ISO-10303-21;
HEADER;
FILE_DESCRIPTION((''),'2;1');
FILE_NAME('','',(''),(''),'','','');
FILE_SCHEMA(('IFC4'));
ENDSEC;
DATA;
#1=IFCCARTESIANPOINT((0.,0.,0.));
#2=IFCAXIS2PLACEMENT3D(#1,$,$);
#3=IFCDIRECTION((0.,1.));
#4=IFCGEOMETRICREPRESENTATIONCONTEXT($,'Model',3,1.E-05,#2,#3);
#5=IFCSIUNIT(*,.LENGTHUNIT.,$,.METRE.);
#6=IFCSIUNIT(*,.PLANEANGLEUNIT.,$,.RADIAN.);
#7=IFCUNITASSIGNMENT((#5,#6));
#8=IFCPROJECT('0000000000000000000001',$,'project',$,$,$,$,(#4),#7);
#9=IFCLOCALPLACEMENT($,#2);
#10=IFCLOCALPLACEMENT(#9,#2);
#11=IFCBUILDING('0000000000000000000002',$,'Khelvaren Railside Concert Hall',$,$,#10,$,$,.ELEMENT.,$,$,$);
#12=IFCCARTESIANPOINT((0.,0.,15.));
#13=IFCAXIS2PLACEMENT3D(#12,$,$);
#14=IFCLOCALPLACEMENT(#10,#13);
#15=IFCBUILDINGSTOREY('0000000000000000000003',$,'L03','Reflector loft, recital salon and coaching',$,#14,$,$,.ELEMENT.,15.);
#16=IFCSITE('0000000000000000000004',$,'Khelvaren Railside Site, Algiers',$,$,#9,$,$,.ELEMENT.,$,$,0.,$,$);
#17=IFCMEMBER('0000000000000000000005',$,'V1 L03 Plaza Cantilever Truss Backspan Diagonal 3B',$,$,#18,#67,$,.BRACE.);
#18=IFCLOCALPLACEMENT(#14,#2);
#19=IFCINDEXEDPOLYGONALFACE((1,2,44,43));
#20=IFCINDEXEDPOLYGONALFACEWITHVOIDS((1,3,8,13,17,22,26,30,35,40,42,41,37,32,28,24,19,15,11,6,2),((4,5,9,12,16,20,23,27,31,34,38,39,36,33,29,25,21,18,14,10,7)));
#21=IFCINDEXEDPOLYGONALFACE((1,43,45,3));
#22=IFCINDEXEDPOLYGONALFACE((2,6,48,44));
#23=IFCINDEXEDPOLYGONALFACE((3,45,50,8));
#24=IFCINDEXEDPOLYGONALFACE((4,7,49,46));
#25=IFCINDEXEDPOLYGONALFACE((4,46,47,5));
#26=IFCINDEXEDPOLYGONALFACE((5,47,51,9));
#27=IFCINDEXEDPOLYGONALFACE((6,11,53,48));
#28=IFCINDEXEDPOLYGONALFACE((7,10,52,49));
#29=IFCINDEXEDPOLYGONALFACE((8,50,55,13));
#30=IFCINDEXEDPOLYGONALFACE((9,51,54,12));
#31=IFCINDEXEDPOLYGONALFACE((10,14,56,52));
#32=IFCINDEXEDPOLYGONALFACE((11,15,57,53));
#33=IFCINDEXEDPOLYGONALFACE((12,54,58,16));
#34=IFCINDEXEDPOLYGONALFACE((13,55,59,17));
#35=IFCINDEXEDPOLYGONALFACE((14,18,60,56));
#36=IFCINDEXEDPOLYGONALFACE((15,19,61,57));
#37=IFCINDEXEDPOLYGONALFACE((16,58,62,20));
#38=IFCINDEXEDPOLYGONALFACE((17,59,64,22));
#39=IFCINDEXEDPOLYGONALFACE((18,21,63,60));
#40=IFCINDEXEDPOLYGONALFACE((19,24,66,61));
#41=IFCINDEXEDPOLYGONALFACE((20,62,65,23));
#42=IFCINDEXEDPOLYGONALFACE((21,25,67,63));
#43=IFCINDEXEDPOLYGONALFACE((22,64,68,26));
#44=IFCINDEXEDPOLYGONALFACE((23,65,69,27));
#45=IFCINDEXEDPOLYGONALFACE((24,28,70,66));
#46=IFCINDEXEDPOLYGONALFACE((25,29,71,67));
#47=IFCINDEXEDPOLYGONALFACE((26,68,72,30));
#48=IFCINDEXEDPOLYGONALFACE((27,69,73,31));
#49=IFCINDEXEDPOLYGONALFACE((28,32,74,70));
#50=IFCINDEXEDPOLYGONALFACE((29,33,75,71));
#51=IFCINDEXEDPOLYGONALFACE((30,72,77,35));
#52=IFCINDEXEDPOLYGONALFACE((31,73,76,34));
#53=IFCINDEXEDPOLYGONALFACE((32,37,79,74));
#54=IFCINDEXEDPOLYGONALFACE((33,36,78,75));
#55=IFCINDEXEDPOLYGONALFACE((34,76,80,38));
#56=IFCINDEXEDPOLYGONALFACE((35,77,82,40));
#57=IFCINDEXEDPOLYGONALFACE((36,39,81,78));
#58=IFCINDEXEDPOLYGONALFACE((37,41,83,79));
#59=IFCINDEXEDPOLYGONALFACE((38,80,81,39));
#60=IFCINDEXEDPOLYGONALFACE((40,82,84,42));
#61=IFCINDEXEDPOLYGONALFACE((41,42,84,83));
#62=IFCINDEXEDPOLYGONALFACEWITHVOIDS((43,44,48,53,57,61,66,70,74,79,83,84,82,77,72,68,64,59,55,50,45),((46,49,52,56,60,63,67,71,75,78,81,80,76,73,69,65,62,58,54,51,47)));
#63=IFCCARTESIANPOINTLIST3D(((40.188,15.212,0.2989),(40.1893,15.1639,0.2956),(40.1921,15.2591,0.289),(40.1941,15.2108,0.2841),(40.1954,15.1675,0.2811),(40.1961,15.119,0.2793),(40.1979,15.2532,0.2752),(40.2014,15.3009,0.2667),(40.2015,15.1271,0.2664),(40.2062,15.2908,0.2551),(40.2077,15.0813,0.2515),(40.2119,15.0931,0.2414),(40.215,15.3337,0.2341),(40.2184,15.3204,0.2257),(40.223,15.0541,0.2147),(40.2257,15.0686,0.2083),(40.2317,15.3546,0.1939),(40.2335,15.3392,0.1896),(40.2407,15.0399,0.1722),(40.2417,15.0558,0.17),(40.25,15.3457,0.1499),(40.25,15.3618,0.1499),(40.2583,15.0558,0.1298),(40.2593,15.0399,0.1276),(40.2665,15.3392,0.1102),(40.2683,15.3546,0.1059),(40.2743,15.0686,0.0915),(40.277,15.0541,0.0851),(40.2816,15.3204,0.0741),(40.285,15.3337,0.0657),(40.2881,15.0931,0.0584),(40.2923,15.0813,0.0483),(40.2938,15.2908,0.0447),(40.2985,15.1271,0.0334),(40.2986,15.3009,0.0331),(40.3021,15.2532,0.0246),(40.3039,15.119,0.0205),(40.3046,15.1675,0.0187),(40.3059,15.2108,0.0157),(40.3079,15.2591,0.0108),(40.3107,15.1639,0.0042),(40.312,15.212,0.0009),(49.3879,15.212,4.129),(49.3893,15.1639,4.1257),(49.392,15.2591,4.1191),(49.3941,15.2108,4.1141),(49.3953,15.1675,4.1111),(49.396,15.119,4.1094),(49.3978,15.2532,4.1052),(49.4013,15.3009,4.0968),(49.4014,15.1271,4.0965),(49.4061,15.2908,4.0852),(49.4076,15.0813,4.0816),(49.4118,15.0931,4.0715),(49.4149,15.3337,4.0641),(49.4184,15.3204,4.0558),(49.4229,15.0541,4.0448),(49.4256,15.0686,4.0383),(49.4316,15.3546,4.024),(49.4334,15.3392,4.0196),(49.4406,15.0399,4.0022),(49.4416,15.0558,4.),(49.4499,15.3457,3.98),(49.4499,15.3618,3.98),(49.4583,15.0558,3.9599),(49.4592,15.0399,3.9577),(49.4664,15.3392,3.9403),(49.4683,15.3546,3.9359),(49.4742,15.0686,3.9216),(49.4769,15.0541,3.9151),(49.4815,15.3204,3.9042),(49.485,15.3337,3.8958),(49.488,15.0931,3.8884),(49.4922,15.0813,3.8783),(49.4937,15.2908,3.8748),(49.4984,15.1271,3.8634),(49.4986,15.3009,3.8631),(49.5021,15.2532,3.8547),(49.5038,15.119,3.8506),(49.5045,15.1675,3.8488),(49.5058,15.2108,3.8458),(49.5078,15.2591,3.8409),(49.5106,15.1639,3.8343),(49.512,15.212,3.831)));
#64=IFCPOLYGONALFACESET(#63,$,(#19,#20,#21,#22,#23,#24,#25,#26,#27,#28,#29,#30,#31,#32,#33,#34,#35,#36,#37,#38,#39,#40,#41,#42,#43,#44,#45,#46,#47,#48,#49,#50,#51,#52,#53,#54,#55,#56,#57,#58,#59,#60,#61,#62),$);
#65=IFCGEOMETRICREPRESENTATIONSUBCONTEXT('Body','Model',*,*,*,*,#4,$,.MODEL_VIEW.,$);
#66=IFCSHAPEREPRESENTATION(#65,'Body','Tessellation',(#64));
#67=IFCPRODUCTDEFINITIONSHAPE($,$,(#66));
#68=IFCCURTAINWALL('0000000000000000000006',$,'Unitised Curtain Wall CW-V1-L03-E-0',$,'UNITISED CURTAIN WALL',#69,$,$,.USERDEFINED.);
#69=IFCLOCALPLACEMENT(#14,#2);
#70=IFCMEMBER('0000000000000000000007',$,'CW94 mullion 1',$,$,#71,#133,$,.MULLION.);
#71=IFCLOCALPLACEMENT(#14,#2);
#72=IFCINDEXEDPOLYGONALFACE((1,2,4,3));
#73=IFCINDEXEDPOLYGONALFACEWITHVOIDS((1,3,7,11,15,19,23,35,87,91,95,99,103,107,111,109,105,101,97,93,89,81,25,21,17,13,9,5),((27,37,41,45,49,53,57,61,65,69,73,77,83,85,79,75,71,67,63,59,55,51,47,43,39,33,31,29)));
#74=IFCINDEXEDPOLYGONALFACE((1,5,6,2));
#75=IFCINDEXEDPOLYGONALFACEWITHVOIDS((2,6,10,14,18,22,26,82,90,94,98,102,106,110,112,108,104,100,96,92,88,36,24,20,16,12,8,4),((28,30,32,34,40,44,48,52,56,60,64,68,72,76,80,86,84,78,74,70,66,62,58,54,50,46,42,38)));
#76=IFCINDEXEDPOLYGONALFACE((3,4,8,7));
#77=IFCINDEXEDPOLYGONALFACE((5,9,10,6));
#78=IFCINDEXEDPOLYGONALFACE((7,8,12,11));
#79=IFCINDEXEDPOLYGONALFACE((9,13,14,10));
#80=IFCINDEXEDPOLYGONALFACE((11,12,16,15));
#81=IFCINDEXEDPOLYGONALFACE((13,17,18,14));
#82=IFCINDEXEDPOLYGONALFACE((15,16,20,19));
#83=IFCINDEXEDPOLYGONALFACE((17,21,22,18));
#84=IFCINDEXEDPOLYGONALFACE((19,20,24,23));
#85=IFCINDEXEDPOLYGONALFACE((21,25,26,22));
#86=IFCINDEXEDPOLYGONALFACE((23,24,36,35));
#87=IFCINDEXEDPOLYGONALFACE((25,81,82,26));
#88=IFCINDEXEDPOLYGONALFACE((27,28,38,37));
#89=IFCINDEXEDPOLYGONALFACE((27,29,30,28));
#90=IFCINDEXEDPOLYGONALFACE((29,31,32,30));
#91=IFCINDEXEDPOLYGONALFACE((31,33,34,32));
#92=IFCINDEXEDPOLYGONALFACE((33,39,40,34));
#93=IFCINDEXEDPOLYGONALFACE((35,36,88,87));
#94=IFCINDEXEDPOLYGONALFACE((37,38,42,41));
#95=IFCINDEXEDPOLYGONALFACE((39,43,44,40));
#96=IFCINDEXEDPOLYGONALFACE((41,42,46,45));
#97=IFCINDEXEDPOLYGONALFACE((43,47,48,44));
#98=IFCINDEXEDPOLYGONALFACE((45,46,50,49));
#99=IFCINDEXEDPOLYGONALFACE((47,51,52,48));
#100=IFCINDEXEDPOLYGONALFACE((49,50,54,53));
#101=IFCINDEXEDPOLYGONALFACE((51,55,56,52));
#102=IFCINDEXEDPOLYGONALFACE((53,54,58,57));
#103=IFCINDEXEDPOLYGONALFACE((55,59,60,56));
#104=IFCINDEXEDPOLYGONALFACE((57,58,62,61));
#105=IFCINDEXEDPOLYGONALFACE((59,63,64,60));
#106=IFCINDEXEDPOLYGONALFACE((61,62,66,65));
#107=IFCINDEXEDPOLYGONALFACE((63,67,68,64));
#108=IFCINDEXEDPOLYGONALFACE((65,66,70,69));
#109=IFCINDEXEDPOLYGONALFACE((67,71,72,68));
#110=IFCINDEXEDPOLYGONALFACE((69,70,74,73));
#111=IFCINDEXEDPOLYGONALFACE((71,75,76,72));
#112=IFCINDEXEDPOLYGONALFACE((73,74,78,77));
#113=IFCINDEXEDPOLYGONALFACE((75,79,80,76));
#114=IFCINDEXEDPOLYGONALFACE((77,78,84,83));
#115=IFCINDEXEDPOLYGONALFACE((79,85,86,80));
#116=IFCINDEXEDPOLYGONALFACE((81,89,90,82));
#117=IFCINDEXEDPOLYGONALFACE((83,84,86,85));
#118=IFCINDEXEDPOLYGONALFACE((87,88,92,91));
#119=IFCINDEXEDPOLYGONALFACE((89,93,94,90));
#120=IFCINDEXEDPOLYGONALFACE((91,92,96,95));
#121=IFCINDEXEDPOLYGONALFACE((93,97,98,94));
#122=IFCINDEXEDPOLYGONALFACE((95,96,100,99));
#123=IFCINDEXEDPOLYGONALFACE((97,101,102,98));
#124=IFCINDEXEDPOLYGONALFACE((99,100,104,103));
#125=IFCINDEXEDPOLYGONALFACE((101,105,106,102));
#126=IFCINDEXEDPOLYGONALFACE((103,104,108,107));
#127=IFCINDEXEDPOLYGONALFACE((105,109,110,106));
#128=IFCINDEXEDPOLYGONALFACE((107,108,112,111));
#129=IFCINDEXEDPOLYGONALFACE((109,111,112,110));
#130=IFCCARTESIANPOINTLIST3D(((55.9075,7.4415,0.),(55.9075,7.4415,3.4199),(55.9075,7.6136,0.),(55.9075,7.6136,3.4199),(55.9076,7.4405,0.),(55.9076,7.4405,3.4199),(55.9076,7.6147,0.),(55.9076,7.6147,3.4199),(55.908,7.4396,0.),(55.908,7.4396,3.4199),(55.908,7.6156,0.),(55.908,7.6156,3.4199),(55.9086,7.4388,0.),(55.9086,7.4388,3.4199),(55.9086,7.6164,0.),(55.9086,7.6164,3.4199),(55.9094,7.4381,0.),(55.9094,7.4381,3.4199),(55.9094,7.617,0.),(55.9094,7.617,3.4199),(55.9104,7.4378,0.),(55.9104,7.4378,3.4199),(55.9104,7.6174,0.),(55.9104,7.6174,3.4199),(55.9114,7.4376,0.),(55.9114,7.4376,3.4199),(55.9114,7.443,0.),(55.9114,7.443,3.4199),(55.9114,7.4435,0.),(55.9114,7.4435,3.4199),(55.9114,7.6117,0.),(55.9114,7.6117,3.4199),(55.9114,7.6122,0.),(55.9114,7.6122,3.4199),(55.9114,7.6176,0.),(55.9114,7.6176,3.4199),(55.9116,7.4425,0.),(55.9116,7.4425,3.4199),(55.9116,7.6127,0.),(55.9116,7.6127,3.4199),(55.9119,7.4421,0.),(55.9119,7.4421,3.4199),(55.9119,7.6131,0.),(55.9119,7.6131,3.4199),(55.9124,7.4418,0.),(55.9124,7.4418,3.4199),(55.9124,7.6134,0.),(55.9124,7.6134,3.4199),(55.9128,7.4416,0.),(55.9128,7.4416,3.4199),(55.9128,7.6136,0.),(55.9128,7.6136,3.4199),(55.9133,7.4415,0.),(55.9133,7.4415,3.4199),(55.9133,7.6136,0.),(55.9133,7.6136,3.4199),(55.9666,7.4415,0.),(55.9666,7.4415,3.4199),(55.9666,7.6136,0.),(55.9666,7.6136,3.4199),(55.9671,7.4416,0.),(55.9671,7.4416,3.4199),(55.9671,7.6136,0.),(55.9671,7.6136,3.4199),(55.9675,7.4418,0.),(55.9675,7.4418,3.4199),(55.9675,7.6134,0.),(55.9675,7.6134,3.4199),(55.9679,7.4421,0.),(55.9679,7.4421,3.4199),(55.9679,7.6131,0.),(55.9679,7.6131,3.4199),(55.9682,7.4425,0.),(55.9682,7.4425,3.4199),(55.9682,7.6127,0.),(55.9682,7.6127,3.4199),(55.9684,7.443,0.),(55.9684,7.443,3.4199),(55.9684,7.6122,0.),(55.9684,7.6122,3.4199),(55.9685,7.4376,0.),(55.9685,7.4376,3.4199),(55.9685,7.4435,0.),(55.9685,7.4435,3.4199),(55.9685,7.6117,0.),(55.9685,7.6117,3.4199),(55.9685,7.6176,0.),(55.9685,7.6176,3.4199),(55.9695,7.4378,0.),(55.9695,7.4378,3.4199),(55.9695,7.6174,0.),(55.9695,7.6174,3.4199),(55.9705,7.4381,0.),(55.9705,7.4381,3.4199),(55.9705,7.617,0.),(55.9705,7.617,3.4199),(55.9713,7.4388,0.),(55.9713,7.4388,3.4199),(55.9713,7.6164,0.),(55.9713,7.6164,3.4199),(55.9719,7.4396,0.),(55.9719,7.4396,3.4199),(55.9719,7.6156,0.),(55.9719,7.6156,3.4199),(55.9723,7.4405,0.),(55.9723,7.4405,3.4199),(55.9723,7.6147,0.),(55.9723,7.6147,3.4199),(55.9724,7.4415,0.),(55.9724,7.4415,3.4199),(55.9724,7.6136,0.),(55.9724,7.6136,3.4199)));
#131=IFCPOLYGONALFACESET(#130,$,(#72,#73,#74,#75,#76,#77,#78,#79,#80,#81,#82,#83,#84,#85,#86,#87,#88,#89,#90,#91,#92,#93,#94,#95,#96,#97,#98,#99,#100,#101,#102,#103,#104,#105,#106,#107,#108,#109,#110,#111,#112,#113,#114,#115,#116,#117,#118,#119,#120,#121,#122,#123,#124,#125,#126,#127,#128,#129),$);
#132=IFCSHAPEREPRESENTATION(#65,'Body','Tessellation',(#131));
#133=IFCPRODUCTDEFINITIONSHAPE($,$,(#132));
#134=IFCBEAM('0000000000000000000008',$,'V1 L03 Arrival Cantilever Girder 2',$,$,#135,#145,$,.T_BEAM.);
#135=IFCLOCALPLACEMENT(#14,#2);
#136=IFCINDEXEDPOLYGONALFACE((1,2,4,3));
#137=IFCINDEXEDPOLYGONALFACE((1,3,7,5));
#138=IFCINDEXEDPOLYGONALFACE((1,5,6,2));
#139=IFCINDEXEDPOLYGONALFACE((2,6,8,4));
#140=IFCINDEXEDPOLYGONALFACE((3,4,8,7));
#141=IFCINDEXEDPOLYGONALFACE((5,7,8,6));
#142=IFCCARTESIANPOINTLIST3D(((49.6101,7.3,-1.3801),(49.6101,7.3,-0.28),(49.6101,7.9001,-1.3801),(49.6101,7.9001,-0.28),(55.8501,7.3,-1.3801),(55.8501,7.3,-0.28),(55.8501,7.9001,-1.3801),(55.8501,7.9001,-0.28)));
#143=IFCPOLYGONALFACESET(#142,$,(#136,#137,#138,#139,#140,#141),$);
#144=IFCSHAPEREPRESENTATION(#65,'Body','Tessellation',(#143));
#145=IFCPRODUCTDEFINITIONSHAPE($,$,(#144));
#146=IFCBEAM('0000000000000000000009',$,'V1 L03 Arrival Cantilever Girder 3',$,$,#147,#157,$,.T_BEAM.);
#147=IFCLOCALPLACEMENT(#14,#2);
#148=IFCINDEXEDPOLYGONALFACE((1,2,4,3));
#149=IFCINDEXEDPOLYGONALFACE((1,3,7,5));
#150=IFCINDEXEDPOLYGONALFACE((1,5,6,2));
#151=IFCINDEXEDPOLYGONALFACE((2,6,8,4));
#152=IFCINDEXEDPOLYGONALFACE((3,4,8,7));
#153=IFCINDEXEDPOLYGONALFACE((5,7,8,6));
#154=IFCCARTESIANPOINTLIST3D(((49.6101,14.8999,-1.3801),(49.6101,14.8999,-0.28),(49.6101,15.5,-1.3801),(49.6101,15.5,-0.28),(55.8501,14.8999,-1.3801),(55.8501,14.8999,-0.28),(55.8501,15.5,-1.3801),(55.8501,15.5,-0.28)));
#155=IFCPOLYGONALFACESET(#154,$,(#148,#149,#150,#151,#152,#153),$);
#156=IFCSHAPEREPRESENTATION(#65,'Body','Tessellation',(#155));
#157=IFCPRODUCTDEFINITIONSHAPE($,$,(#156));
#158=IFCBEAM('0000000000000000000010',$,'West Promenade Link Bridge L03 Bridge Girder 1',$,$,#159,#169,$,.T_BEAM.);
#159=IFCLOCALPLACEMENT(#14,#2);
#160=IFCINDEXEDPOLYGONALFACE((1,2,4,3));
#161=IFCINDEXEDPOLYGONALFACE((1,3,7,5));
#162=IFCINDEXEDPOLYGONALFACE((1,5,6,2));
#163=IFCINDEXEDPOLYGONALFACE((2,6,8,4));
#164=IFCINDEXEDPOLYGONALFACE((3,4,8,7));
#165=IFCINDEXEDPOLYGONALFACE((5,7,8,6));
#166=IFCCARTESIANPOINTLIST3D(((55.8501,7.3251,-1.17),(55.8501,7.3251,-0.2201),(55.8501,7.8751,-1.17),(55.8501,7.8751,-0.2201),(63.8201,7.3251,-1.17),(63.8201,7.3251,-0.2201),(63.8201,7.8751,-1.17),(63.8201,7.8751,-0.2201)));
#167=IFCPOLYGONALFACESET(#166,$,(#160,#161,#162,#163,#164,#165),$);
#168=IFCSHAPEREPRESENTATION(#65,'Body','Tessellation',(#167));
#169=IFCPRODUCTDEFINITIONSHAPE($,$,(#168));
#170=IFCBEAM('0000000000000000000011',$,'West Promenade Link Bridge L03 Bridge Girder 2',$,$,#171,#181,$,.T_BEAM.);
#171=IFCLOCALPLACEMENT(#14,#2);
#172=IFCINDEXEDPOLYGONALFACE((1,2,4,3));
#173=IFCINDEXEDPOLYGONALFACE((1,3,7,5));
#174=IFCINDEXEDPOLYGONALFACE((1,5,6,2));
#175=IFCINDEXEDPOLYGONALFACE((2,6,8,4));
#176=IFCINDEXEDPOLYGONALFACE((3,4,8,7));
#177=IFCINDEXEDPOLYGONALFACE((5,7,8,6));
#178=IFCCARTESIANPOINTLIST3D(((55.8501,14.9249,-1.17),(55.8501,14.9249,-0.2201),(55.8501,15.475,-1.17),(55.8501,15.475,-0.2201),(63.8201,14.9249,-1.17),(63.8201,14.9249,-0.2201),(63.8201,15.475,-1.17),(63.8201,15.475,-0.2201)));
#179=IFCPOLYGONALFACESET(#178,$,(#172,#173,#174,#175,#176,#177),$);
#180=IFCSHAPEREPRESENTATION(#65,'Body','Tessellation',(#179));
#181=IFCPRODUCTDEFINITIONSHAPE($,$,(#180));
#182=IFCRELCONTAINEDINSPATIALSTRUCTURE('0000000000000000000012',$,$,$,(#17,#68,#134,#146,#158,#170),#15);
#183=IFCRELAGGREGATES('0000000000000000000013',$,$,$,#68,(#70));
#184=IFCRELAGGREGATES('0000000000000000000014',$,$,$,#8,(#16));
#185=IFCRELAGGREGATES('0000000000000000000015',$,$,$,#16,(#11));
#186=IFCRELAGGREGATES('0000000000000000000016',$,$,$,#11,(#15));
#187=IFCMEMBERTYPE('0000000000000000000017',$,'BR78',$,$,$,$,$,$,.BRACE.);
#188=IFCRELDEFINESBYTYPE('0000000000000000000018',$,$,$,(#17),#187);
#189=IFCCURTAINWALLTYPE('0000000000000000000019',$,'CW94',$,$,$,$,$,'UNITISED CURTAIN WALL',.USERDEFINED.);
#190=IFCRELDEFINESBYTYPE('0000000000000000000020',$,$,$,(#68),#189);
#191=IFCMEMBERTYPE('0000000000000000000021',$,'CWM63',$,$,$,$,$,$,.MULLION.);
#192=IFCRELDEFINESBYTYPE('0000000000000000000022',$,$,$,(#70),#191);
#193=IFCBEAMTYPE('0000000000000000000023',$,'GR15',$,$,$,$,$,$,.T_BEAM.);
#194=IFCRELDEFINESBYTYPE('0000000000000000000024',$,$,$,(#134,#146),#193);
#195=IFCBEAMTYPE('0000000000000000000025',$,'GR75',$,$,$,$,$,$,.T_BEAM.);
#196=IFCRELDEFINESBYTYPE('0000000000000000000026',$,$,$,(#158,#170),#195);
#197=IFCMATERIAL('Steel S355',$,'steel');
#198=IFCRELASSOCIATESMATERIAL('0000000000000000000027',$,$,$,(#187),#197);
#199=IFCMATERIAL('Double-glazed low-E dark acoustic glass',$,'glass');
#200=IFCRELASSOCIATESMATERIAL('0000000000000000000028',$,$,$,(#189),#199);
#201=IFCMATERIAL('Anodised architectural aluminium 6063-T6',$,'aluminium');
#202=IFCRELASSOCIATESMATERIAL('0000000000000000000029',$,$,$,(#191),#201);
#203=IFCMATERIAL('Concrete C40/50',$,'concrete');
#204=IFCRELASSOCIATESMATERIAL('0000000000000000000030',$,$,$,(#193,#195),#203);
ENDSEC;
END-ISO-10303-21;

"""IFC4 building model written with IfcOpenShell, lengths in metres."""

from ifc_helpers import new_model, si_unit, direction, frame, origin, origin_2d, place, context, subcontext, project, spatial, rectangle, hollow_rectangle, hollow_circle, extrude, material, material_profile, profile_set, type_object, element, aggregate, save


model = new_model("IFC4")

# Units and contexts
model_context = context("Model", 3, precision=1e-05, world=origin(), true_north=direction((0.0, 1.0)))
body_context = subcontext(model_context, "Body", "Model", "MODEL_VIEW")
ifc_project = project(units=[si_unit("LENGTHUNIT", "METRE"), si_unit("PLANEANGLEUNIT", "RADIAN")], contexts=[model_context])

# Site, building, storey
site_placement = place(None, origin())
site = spatial("IfcSite", under=ifc_project, at=site_placement, Name="Khelvaren Railside Site, Algiers", CompositionType="ELEMENT", RefElevation=0.0)
building_placement = place(site_placement, origin())
building = spatial("IfcBuilding", under=site, at=building_placement, Name="Khelvaren Railside Concert Hall", CompositionType="ELEMENT")
storey_placement = place(building_placement, frame((0.0, 0.0, 15.0)))
storey = spatial("IfcBuildingStorey", under=building, at=storey_placement, Name="L03", Description="Reflector loft, recital salon and coaching", CompositionType="ELEMENT", Elevation=15.0)

# Shared definitions
ifc_material_1 = material(Name="Steel S355", Category="steel")

# Member
ifc_material_profile_1 = material_profile(ifc_material_1, hollow_circle(Radius=0.1619, WallThickness=0.0161, at=origin_2d()), Name="CHS 323.9x16")
ifc_profile_set_1 = profile_set([ifc_material_profile_1], Name="Steel S355")
member_type_1 = type_object("IfcMemberType", Name="BR78", PredefinedType="BRACE", material=ifc_profile_set_1)
member_1_placement = place(storey_placement, frame((40.25, 15.2, 0.1499), z_axis=(0.923192, 0.0, 0.384339), x_axis=(0.0, 1.0, 0.0)))
element("IfcMember", 1, at=member_1_placement, inside=storey, type_object=member_type_1, Name="V1 L03 Plaza Cantilever Truss Backspan Diagonal 3B", PredefinedType="BRACE", context=body_context, shape_type="SweptSolid", body=[
    extrude(hollow_circle(Radius=0.1619, WallThickness=0.0161, at=origin_2d()), origin(), (0.0, 0.0, 1.0), 9.9653),
])

# Curtain wall, member
ifc_material_2 = material(Name="Double-glazed low-E dark acoustic glass", Category="glass")
curtain_wall_type = type_object("IfcCurtainWallType", Name="CW94", ElementType="UNITISED CURTAIN WALL", PredefinedType="USERDEFINED", material=ifc_material_2)
curtain_wall_placement = place(storey_placement, origin())
curtain_wall = element("IfcCurtainWall", 2, at=curtain_wall_placement, inside=storey, type_object=curtain_wall_type, Name="Unitised Curtain Wall CW-V1-L03-E-0", ObjectType="UNITISED CURTAIN WALL", PredefinedType="USERDEFINED")
ifc_material_3 = material(Name="Anodised architectural aluminium 6063-T6", Category="aluminium")
ifc_material_profile_2 = material_profile(ifc_material_3, hollow_rectangle(XDim=0.0649, YDim=0.1799, WallThickness=0.0039, InnerFilletRadius=0.002, OuterFilletRadius=0.0039, at=origin_2d()), Name="CWM 65x180x4")
ifc_profile_set_2 = profile_set([ifc_material_profile_2], Name="Anodised architectural aluminium 6063-T6")
member_type_2 = type_object("IfcMemberType", Name="CWM63", PredefinedType="MULLION", material=ifc_profile_set_2)
member_2_placement = place(storey_placement, frame((55.9399, 7.5276, 0.0), z_axis=(0.0, 0.0, 1.0), x_axis=(1.0, 0.0, 0.0)))
member_2 = element("IfcMember", 3, at=member_2_placement, type_object=member_type_2, Name="CW94 mullion 1", PredefinedType="MULLION", context=body_context, shape_type="SweptSolid", body=[
    extrude(hollow_rectangle(XDim=0.0649, YDim=0.1799, WallThickness=0.0039, InnerFilletRadius=0.002, OuterFilletRadius=0.0039, at=origin_2d()), origin(), (0.0, 0.0, 1.0), 3.4199),
])
aggregate(curtain_wall, [member_2])

# Beams
ifc_material_4 = material(Name="Concrete C40/50", Category="concrete")
ifc_material_profile_3 = material_profile(ifc_material_4, rectangle(XDim=0.6001, YDim=1.1001, at=origin_2d()), Name="RCB 600x1100")
ifc_profile_set_3 = profile_set([ifc_material_profile_3], Name="Concrete C40/50")
beam_type_1 = type_object("IfcBeamType", Name="GR15", PredefinedType="T_BEAM", material=ifc_profile_set_3)
for number, where, z_axis, x_axis, name in (
    (4, (49.6101, 7.6001, -0.8301), (1.0, 0.0, 0.0), (0.0, 1.0, 0.0), "V1 L03 Arrival Cantilever Girder 2"),
    (5, (49.6101, 15.2, -0.8301), (1.0, 0.0, 0.0), (0.0, 1.0, 0.0), "V1 L03 Arrival Cantilever Girder 3"),
):
    element("IfcBeam", number, at=place(storey_placement, frame(where, z_axis=z_axis, x_axis=x_axis)), inside=storey, type_object=beam_type_1, Name=name, PredefinedType="T_BEAM", context=body_context, shape_type="SweptSolid", body=[
        extrude(rectangle(XDim=0.6001, YDim=1.1001, at=origin_2d()), origin(), (0.0, 0.0, 1.0), 6.24),
    ])
ifc_material_profile_4 = material_profile(ifc_material_4, rectangle(XDim=0.55, YDim=0.95, at=origin_2d()), Name="RCB 550x950")
ifc_profile_set_4 = profile_set([ifc_material_profile_4], Name="Concrete C40/50")
beam_type_2 = type_object("IfcBeamType", Name="GR75", PredefinedType="T_BEAM", material=ifc_profile_set_4)
for number, where, z_axis, x_axis, name in (
    (6, (55.8501, 7.6001, -0.6951), (1.0, 0.0, 0.0), (0.0, 1.0, 0.0), "West Promenade Link Bridge L03 Bridge Girder 1"),
    (7, (55.8501, 15.2, -0.6951), (1.0, 0.0, 0.0), (0.0, 1.0, 0.0), "West Promenade Link Bridge L03 Bridge Girder 2"),
):
    element("IfcBeam", number, at=place(storey_placement, frame(where, z_axis=z_axis, x_axis=x_axis)), inside=storey, type_object=beam_type_2, Name=name, PredefinedType="T_BEAM", context=body_context, shape_type="SweptSolid", body=[
        extrude(rectangle(XDim=0.55, YDim=0.95, at=origin_2d()), origin(), (0.0, 0.0, 1.0), 7.97),
    ])

save(model, "model.ifc")
